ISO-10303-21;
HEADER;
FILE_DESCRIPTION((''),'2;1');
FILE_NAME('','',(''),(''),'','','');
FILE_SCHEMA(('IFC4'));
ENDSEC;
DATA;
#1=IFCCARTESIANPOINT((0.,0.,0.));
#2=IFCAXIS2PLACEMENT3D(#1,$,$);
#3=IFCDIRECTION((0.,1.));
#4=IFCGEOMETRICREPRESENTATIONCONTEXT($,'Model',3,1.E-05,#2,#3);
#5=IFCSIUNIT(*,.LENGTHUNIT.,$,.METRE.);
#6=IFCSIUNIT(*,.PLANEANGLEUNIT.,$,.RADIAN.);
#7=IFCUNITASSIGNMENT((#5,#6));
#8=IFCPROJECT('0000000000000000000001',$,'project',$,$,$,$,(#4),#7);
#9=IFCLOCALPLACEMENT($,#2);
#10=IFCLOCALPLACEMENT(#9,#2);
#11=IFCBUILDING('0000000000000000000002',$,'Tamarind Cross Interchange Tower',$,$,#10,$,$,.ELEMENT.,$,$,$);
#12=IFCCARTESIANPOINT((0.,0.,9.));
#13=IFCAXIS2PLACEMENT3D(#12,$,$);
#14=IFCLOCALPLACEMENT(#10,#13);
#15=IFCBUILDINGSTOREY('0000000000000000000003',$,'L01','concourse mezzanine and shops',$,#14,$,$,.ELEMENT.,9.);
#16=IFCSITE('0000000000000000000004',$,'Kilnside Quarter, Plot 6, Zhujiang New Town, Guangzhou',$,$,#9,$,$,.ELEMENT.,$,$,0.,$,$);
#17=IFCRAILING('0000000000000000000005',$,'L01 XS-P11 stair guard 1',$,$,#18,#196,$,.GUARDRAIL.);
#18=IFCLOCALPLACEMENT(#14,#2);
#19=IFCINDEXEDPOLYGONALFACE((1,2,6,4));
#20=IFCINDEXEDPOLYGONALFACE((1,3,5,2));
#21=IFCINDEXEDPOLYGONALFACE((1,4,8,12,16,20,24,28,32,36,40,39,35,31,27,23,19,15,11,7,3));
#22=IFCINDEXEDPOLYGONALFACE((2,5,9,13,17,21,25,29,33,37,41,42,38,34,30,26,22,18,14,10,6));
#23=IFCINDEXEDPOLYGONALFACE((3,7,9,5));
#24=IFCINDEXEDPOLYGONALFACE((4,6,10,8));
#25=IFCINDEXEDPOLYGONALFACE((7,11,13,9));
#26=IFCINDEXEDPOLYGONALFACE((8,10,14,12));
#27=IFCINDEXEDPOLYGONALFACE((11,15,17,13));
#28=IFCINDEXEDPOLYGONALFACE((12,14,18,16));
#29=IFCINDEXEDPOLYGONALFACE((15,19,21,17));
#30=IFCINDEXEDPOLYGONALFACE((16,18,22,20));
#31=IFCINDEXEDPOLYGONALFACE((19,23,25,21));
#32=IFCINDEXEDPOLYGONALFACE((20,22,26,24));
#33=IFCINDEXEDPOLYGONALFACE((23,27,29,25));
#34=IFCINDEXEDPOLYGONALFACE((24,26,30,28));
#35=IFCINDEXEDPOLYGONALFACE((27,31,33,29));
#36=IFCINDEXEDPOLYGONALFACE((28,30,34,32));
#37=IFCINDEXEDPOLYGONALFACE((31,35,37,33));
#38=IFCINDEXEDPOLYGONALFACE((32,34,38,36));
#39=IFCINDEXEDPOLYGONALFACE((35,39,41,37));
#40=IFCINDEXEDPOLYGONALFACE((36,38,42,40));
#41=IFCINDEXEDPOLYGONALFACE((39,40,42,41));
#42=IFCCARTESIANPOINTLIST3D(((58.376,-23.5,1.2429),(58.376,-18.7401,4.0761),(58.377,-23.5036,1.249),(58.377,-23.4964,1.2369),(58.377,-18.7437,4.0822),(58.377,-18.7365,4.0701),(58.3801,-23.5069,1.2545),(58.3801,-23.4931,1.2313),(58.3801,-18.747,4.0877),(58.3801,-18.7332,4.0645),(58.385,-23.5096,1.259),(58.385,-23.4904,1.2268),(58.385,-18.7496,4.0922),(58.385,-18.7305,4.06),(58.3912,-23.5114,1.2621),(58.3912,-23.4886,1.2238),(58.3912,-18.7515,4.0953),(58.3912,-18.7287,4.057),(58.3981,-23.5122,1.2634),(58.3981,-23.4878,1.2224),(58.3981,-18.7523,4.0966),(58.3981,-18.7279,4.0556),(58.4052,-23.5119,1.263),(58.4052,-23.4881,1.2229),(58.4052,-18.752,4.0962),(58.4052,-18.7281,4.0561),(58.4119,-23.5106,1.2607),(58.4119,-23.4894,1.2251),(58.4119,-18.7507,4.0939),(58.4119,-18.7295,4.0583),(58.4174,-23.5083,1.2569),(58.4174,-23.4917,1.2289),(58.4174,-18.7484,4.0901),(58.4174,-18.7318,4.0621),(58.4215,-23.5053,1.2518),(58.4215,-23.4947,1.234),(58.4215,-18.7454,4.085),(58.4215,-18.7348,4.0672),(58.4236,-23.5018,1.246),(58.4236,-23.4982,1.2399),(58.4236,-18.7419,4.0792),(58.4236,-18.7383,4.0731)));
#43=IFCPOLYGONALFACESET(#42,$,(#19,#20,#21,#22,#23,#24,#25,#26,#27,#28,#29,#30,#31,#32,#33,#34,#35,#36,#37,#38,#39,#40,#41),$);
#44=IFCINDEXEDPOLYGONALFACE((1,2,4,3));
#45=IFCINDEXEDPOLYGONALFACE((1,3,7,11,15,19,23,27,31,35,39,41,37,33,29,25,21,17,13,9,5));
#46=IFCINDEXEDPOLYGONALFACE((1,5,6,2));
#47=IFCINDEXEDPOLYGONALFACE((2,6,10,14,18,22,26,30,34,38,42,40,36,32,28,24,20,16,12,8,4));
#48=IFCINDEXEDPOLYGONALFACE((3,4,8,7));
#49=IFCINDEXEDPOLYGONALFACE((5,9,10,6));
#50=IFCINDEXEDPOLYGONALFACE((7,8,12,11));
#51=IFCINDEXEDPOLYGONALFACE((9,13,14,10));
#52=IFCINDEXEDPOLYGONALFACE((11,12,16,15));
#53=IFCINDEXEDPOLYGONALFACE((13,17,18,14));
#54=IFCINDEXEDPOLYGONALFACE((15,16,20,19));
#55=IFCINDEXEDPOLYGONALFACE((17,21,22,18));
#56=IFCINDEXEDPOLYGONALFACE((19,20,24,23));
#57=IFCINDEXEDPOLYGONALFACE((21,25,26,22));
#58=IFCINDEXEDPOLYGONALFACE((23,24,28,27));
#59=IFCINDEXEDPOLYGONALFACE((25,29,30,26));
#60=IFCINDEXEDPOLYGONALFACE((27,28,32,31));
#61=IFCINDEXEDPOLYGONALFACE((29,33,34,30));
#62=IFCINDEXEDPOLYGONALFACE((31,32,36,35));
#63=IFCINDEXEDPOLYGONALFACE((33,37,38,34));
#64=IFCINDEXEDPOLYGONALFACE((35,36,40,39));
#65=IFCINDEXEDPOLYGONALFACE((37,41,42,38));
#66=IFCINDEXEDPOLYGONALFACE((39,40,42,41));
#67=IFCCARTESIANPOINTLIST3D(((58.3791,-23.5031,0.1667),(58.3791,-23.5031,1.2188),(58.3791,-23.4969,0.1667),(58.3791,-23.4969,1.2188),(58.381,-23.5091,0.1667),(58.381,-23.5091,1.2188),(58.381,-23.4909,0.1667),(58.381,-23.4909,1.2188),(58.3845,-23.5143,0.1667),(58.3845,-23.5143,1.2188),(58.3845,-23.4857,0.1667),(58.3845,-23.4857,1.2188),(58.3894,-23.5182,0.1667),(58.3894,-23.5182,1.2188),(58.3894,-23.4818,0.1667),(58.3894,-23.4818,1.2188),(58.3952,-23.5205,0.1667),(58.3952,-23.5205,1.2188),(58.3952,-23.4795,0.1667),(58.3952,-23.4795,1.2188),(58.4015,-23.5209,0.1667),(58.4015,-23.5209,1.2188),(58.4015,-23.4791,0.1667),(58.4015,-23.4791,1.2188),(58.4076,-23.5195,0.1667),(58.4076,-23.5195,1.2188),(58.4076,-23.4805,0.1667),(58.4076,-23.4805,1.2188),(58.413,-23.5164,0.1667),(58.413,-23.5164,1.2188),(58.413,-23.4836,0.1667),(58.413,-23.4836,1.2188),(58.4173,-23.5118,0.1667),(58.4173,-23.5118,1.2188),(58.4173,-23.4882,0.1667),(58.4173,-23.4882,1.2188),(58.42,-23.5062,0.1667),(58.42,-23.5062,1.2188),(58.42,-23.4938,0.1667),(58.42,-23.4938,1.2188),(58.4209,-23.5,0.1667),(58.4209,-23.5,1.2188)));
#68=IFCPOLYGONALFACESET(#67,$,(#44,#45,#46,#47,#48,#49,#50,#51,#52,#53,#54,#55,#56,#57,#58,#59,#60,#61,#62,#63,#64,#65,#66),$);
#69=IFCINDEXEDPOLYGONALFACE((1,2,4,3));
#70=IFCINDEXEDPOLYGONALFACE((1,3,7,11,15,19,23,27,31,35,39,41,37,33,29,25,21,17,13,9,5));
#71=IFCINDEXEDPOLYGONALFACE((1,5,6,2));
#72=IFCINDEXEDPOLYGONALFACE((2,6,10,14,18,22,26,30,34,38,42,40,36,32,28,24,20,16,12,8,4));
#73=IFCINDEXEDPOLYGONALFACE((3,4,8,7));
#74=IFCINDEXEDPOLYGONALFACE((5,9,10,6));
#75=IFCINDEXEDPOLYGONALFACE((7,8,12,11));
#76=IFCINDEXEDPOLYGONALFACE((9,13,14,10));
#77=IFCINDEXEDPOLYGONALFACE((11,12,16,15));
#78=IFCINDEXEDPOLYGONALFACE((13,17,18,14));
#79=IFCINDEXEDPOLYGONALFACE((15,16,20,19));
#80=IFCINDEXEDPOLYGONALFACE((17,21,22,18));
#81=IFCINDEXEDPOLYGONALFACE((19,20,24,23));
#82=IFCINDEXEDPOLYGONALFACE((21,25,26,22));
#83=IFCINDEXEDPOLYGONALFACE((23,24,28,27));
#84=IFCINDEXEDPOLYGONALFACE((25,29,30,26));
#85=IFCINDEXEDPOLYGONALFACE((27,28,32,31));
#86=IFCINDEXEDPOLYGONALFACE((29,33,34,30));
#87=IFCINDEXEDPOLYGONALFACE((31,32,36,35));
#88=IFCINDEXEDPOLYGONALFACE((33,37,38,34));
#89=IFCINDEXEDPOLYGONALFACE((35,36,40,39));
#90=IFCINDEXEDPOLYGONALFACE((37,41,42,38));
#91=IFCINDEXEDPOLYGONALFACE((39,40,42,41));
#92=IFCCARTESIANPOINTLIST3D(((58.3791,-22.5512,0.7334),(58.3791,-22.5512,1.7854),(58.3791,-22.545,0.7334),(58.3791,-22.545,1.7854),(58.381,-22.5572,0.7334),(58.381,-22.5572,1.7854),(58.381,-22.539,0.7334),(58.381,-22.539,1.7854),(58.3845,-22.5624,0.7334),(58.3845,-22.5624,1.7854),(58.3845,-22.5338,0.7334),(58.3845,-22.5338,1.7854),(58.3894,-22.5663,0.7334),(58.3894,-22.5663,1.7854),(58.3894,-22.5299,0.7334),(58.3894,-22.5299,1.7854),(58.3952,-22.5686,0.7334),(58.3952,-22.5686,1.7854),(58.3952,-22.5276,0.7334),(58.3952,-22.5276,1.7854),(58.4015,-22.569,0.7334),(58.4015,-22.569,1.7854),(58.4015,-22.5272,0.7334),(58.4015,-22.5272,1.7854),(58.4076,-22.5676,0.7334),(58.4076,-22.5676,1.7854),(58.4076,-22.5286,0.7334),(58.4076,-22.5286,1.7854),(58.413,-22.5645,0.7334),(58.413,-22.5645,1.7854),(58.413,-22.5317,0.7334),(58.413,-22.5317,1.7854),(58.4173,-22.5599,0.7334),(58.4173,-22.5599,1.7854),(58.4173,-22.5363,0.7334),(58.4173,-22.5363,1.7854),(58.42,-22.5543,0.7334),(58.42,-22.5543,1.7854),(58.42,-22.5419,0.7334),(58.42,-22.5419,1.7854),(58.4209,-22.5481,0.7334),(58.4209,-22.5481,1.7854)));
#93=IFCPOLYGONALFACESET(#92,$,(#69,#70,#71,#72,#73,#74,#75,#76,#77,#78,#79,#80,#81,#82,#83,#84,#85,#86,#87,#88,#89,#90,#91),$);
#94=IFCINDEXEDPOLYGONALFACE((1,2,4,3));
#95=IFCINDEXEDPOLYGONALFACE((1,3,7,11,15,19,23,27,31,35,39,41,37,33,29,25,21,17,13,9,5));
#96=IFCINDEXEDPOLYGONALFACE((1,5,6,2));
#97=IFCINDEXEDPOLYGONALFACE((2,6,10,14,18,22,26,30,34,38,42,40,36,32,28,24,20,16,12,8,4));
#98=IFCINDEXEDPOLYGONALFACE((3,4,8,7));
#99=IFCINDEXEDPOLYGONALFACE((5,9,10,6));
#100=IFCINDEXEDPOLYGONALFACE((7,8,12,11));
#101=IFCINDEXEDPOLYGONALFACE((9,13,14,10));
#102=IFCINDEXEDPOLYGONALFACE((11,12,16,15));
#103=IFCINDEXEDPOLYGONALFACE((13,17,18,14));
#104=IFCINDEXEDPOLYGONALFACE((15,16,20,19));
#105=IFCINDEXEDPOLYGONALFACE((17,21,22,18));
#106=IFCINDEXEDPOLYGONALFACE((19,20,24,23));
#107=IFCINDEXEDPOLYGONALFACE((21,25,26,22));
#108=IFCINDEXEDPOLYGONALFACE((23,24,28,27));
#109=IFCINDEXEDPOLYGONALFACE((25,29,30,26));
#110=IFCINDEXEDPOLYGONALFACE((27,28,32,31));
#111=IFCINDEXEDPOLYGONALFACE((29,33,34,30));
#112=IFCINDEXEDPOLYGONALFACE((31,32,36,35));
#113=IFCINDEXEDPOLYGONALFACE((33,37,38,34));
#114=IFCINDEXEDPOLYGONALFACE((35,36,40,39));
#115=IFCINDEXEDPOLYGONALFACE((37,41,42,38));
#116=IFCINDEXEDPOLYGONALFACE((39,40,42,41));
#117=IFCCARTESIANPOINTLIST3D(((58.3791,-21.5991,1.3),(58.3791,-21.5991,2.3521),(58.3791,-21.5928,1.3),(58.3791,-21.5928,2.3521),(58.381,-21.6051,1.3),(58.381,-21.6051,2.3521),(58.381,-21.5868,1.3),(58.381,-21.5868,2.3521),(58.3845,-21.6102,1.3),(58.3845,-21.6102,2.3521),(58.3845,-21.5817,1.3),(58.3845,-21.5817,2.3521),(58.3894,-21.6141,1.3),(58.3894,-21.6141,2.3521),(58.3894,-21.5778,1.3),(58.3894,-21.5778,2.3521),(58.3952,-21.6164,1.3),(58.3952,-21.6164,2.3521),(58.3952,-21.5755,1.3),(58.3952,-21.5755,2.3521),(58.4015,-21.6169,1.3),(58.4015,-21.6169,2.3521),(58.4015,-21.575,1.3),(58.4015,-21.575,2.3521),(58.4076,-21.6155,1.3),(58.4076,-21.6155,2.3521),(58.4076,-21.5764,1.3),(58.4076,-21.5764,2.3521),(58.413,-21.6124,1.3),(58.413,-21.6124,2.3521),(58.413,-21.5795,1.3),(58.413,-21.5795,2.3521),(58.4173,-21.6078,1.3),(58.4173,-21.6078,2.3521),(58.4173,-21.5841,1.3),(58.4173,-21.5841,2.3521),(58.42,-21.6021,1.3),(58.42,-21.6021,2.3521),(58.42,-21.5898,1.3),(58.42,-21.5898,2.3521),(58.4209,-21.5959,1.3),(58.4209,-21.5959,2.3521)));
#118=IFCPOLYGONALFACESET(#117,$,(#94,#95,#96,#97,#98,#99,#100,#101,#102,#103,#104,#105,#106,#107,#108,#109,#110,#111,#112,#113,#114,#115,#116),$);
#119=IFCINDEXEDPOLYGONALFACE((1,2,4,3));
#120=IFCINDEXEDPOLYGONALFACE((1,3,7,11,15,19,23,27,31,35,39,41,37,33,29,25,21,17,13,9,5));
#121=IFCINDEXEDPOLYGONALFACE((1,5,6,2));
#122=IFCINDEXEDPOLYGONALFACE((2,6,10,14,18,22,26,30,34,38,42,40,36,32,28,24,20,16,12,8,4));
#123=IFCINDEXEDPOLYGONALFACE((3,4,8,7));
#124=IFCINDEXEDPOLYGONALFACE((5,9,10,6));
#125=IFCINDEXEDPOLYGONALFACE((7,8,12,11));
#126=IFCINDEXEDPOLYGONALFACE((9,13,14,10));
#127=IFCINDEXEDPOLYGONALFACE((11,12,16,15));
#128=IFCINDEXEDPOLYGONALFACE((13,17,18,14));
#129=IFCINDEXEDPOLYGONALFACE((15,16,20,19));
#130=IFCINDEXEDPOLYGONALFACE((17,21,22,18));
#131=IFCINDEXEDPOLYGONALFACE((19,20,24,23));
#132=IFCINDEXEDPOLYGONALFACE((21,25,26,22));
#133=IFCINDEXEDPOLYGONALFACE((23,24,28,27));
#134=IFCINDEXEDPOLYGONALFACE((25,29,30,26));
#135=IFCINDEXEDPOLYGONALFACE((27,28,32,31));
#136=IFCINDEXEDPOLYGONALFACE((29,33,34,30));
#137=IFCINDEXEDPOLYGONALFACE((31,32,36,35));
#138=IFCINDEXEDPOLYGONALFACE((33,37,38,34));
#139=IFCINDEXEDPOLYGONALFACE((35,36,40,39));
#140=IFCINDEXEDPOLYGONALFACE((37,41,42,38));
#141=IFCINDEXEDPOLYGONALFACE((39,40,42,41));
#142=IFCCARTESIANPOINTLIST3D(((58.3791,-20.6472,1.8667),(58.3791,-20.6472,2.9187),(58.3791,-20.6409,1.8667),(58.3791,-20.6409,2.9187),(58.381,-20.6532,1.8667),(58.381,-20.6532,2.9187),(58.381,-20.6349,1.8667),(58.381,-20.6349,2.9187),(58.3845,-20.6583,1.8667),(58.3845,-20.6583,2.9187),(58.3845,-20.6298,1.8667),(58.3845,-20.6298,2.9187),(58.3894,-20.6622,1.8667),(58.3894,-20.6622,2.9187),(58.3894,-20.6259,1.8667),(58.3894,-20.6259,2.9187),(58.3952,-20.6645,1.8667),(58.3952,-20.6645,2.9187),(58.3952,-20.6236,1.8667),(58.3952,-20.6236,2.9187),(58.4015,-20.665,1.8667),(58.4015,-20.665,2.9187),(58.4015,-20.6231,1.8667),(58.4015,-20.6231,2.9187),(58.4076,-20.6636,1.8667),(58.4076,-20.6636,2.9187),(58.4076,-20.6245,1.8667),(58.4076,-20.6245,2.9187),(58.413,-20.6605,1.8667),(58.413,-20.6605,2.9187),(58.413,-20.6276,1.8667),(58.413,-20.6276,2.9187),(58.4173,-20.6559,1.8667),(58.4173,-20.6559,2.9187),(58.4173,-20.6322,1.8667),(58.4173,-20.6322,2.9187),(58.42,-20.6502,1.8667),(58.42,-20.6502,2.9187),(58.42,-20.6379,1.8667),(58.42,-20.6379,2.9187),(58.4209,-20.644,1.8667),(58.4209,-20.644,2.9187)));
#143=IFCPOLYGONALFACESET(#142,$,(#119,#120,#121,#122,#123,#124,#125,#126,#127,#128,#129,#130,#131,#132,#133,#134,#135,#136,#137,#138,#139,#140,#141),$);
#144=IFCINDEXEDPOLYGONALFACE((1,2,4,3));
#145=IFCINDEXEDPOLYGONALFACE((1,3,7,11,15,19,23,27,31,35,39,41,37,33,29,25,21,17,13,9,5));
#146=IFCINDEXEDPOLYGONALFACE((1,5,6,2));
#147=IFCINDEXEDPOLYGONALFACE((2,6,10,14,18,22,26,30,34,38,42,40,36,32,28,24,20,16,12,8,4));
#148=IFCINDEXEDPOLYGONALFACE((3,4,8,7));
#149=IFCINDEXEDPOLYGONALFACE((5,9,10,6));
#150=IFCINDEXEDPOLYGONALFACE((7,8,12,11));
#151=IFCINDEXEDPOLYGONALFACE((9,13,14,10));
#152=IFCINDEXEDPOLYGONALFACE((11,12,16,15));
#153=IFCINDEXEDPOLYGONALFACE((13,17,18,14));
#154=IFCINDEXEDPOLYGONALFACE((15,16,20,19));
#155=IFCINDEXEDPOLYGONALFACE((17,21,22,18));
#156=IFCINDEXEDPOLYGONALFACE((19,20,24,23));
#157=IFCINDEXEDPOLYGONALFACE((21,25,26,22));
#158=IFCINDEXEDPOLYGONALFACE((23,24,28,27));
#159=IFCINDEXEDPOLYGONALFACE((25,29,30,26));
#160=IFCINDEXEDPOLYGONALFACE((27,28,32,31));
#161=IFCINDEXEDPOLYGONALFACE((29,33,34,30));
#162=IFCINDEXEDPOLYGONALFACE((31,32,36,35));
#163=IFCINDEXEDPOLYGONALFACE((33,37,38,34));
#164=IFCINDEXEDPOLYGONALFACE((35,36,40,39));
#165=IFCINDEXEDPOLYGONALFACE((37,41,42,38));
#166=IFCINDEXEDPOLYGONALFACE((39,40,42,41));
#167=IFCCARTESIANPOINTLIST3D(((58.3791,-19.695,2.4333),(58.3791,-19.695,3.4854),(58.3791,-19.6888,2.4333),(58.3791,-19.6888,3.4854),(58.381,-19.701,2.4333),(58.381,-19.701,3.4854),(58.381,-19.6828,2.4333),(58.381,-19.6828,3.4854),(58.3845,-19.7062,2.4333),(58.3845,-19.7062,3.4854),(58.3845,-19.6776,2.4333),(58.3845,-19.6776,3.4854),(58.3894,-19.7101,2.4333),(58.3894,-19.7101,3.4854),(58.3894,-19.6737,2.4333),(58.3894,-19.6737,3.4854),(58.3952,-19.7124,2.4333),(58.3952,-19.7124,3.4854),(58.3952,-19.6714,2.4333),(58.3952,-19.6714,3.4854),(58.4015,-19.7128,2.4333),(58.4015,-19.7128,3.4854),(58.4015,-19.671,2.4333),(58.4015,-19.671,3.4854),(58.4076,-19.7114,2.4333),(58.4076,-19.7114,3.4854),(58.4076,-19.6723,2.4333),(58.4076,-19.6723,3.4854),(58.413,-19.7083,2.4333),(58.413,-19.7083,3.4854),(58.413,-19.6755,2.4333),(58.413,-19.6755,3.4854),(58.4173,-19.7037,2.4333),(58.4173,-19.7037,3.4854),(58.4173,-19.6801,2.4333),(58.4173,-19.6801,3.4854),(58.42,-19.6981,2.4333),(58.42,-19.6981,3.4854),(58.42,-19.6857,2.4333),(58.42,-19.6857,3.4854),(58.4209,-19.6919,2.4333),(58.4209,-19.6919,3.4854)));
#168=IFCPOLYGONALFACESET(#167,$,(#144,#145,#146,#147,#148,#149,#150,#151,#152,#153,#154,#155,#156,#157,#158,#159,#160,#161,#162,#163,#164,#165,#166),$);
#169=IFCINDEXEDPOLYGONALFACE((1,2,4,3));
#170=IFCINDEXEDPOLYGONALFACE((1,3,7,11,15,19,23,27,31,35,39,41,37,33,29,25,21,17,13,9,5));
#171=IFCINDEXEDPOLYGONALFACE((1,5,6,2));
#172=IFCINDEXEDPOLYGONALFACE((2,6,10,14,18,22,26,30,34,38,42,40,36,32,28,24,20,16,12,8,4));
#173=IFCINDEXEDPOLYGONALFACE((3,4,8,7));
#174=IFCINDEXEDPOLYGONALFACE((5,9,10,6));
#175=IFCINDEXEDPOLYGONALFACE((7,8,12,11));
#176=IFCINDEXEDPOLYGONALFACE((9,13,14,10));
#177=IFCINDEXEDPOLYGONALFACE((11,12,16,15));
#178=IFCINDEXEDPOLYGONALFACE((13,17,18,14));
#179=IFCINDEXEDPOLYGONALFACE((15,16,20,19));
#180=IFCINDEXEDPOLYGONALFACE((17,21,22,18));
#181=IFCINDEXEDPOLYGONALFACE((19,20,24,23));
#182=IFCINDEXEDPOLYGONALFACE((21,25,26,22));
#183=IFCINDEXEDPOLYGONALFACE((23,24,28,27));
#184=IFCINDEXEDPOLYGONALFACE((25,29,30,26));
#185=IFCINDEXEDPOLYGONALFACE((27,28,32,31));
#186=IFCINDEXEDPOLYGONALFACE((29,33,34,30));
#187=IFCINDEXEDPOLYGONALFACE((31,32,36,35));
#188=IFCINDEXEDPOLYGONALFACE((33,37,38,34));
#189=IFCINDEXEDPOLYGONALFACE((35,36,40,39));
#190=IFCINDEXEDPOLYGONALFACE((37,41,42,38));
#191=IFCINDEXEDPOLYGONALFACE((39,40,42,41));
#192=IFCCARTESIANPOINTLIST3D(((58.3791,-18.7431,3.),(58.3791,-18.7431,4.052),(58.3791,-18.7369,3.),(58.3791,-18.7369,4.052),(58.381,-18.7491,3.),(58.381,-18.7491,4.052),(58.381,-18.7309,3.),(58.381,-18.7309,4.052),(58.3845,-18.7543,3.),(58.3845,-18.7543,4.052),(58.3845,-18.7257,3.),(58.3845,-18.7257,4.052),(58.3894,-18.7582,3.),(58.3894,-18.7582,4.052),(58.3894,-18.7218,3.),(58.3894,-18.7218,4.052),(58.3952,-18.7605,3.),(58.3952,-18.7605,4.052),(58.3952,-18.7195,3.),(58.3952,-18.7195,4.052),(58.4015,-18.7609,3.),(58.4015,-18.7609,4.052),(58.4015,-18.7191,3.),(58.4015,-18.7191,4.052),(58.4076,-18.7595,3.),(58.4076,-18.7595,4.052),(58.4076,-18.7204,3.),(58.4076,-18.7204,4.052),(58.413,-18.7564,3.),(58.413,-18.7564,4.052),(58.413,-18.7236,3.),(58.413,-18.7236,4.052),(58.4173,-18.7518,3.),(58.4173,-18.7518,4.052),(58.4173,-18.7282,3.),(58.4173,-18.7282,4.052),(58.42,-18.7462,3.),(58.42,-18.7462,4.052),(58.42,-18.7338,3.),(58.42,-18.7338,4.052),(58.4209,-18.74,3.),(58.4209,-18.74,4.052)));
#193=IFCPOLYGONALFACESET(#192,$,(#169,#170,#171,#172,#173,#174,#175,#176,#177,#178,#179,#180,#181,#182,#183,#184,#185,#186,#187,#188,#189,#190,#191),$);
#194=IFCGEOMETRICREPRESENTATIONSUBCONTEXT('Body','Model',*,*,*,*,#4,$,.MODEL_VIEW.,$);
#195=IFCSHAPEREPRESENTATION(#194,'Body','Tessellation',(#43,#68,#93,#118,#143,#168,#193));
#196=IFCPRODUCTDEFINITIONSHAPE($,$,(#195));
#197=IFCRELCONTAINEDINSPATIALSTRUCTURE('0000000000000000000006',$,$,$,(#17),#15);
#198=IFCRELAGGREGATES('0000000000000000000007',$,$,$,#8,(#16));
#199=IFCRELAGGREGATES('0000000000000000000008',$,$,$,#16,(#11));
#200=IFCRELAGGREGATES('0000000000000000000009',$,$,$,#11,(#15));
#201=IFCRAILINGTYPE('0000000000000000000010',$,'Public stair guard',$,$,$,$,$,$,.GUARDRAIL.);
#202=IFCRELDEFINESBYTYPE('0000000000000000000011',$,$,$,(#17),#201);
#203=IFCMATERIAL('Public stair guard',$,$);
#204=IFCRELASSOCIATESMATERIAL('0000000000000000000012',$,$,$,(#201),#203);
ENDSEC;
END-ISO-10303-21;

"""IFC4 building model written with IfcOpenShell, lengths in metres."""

from ifc_helpers import new_model, si_unit, direction, frame, origin, origin_2d, place, context, subcontext, project, spatial, circle, extrude, material, type_object, element, save


model = new_model("IFC4")

# Units and contexts
model_context = context("Model", 3, precision=1e-05, world=origin(), true_north=direction((0.0, 1.0)))
body_context = subcontext(model_context, "Body", "Model", "MODEL_VIEW")
ifc_project = project(units=[si_unit("LENGTHUNIT", "METRE"), si_unit("PLANEANGLEUNIT", "RADIAN")], contexts=[model_context])

# Site, building, storey
site_placement = place(None, origin())
site = spatial("IfcSite", under=ifc_project, at=site_placement, Name="Kilnside Quarter, Plot 6, Zhujiang New Town, Guangzhou", CompositionType="ELEMENT", RefElevation=0.0)
building_placement = place(site_placement, origin())
building = spatial("IfcBuilding", under=site, at=building_placement, Name="Tamarind Cross Interchange Tower", CompositionType="ELEMENT")
storey_placement = place(building_placement, frame((0.0, 0.0, 9.0)))
storey = spatial("IfcBuildingStorey", under=building, at=storey_placement, Name="L01", Description="concourse mezzanine and shops", CompositionType="ELEMENT", Elevation=9.0)

# Railing
ifc_material_1 = material(Name="Public stair guard")
railing_type_1 = type_object("IfcRailingType", Name="Public stair guard", PredefinedType="GUARDRAIL", material=ifc_material_1)
railing_1_placement = place(storey_placement, frame((58.3999, -23.5, 0.1667)))
element("IfcRailing", 1, at=railing_1_placement, inside=storey, type_object=railing_type_1, Name="L01 XS-P11 stair guard 1", PredefinedType="GUARDRAIL", context=body_context, shape_type="SweptSolid", body=[
    extrude(circle(Radius=0.0239, at=origin_2d()), frame((0.0, 0.0, 1.0762), z_axis=(0.0, 0.8593, 0.511472), x_axis=(-1.0, 0.0, 0.0)), (0.0, 0.0, 1.0), 5.5393),
    extrude(circle(Radius=0.021, at=origin_2d()), origin(), (0.0, 0.0, 1.0), 1.052),
    extrude(circle(Radius=0.021, at=origin_2d()), frame((0.0, 0.9519, 0.5667)), (0.0, 0.0, 1.0), 1.052),
    extrude(circle(Radius=0.021, at=origin_2d()), frame((0.0, 1.9041, 1.1333)), (0.0, 0.0, 1.0), 1.052),
    extrude(circle(Radius=0.021, at=origin_2d()), frame((0.0, 2.856, 1.7)), (0.0, 0.0, 1.0), 1.052),
    extrude(circle(Radius=0.021, at=origin_2d()), frame((0.0, 3.8081, 2.2666)), (0.0, 0.0, 1.0), 1.052),
    extrude(circle(Radius=0.021, at=origin_2d()), frame((0.0, 4.76, 2.8333)), (0.0, 0.0, 1.0), 1.052),
])

save(model, "model.ifc")
